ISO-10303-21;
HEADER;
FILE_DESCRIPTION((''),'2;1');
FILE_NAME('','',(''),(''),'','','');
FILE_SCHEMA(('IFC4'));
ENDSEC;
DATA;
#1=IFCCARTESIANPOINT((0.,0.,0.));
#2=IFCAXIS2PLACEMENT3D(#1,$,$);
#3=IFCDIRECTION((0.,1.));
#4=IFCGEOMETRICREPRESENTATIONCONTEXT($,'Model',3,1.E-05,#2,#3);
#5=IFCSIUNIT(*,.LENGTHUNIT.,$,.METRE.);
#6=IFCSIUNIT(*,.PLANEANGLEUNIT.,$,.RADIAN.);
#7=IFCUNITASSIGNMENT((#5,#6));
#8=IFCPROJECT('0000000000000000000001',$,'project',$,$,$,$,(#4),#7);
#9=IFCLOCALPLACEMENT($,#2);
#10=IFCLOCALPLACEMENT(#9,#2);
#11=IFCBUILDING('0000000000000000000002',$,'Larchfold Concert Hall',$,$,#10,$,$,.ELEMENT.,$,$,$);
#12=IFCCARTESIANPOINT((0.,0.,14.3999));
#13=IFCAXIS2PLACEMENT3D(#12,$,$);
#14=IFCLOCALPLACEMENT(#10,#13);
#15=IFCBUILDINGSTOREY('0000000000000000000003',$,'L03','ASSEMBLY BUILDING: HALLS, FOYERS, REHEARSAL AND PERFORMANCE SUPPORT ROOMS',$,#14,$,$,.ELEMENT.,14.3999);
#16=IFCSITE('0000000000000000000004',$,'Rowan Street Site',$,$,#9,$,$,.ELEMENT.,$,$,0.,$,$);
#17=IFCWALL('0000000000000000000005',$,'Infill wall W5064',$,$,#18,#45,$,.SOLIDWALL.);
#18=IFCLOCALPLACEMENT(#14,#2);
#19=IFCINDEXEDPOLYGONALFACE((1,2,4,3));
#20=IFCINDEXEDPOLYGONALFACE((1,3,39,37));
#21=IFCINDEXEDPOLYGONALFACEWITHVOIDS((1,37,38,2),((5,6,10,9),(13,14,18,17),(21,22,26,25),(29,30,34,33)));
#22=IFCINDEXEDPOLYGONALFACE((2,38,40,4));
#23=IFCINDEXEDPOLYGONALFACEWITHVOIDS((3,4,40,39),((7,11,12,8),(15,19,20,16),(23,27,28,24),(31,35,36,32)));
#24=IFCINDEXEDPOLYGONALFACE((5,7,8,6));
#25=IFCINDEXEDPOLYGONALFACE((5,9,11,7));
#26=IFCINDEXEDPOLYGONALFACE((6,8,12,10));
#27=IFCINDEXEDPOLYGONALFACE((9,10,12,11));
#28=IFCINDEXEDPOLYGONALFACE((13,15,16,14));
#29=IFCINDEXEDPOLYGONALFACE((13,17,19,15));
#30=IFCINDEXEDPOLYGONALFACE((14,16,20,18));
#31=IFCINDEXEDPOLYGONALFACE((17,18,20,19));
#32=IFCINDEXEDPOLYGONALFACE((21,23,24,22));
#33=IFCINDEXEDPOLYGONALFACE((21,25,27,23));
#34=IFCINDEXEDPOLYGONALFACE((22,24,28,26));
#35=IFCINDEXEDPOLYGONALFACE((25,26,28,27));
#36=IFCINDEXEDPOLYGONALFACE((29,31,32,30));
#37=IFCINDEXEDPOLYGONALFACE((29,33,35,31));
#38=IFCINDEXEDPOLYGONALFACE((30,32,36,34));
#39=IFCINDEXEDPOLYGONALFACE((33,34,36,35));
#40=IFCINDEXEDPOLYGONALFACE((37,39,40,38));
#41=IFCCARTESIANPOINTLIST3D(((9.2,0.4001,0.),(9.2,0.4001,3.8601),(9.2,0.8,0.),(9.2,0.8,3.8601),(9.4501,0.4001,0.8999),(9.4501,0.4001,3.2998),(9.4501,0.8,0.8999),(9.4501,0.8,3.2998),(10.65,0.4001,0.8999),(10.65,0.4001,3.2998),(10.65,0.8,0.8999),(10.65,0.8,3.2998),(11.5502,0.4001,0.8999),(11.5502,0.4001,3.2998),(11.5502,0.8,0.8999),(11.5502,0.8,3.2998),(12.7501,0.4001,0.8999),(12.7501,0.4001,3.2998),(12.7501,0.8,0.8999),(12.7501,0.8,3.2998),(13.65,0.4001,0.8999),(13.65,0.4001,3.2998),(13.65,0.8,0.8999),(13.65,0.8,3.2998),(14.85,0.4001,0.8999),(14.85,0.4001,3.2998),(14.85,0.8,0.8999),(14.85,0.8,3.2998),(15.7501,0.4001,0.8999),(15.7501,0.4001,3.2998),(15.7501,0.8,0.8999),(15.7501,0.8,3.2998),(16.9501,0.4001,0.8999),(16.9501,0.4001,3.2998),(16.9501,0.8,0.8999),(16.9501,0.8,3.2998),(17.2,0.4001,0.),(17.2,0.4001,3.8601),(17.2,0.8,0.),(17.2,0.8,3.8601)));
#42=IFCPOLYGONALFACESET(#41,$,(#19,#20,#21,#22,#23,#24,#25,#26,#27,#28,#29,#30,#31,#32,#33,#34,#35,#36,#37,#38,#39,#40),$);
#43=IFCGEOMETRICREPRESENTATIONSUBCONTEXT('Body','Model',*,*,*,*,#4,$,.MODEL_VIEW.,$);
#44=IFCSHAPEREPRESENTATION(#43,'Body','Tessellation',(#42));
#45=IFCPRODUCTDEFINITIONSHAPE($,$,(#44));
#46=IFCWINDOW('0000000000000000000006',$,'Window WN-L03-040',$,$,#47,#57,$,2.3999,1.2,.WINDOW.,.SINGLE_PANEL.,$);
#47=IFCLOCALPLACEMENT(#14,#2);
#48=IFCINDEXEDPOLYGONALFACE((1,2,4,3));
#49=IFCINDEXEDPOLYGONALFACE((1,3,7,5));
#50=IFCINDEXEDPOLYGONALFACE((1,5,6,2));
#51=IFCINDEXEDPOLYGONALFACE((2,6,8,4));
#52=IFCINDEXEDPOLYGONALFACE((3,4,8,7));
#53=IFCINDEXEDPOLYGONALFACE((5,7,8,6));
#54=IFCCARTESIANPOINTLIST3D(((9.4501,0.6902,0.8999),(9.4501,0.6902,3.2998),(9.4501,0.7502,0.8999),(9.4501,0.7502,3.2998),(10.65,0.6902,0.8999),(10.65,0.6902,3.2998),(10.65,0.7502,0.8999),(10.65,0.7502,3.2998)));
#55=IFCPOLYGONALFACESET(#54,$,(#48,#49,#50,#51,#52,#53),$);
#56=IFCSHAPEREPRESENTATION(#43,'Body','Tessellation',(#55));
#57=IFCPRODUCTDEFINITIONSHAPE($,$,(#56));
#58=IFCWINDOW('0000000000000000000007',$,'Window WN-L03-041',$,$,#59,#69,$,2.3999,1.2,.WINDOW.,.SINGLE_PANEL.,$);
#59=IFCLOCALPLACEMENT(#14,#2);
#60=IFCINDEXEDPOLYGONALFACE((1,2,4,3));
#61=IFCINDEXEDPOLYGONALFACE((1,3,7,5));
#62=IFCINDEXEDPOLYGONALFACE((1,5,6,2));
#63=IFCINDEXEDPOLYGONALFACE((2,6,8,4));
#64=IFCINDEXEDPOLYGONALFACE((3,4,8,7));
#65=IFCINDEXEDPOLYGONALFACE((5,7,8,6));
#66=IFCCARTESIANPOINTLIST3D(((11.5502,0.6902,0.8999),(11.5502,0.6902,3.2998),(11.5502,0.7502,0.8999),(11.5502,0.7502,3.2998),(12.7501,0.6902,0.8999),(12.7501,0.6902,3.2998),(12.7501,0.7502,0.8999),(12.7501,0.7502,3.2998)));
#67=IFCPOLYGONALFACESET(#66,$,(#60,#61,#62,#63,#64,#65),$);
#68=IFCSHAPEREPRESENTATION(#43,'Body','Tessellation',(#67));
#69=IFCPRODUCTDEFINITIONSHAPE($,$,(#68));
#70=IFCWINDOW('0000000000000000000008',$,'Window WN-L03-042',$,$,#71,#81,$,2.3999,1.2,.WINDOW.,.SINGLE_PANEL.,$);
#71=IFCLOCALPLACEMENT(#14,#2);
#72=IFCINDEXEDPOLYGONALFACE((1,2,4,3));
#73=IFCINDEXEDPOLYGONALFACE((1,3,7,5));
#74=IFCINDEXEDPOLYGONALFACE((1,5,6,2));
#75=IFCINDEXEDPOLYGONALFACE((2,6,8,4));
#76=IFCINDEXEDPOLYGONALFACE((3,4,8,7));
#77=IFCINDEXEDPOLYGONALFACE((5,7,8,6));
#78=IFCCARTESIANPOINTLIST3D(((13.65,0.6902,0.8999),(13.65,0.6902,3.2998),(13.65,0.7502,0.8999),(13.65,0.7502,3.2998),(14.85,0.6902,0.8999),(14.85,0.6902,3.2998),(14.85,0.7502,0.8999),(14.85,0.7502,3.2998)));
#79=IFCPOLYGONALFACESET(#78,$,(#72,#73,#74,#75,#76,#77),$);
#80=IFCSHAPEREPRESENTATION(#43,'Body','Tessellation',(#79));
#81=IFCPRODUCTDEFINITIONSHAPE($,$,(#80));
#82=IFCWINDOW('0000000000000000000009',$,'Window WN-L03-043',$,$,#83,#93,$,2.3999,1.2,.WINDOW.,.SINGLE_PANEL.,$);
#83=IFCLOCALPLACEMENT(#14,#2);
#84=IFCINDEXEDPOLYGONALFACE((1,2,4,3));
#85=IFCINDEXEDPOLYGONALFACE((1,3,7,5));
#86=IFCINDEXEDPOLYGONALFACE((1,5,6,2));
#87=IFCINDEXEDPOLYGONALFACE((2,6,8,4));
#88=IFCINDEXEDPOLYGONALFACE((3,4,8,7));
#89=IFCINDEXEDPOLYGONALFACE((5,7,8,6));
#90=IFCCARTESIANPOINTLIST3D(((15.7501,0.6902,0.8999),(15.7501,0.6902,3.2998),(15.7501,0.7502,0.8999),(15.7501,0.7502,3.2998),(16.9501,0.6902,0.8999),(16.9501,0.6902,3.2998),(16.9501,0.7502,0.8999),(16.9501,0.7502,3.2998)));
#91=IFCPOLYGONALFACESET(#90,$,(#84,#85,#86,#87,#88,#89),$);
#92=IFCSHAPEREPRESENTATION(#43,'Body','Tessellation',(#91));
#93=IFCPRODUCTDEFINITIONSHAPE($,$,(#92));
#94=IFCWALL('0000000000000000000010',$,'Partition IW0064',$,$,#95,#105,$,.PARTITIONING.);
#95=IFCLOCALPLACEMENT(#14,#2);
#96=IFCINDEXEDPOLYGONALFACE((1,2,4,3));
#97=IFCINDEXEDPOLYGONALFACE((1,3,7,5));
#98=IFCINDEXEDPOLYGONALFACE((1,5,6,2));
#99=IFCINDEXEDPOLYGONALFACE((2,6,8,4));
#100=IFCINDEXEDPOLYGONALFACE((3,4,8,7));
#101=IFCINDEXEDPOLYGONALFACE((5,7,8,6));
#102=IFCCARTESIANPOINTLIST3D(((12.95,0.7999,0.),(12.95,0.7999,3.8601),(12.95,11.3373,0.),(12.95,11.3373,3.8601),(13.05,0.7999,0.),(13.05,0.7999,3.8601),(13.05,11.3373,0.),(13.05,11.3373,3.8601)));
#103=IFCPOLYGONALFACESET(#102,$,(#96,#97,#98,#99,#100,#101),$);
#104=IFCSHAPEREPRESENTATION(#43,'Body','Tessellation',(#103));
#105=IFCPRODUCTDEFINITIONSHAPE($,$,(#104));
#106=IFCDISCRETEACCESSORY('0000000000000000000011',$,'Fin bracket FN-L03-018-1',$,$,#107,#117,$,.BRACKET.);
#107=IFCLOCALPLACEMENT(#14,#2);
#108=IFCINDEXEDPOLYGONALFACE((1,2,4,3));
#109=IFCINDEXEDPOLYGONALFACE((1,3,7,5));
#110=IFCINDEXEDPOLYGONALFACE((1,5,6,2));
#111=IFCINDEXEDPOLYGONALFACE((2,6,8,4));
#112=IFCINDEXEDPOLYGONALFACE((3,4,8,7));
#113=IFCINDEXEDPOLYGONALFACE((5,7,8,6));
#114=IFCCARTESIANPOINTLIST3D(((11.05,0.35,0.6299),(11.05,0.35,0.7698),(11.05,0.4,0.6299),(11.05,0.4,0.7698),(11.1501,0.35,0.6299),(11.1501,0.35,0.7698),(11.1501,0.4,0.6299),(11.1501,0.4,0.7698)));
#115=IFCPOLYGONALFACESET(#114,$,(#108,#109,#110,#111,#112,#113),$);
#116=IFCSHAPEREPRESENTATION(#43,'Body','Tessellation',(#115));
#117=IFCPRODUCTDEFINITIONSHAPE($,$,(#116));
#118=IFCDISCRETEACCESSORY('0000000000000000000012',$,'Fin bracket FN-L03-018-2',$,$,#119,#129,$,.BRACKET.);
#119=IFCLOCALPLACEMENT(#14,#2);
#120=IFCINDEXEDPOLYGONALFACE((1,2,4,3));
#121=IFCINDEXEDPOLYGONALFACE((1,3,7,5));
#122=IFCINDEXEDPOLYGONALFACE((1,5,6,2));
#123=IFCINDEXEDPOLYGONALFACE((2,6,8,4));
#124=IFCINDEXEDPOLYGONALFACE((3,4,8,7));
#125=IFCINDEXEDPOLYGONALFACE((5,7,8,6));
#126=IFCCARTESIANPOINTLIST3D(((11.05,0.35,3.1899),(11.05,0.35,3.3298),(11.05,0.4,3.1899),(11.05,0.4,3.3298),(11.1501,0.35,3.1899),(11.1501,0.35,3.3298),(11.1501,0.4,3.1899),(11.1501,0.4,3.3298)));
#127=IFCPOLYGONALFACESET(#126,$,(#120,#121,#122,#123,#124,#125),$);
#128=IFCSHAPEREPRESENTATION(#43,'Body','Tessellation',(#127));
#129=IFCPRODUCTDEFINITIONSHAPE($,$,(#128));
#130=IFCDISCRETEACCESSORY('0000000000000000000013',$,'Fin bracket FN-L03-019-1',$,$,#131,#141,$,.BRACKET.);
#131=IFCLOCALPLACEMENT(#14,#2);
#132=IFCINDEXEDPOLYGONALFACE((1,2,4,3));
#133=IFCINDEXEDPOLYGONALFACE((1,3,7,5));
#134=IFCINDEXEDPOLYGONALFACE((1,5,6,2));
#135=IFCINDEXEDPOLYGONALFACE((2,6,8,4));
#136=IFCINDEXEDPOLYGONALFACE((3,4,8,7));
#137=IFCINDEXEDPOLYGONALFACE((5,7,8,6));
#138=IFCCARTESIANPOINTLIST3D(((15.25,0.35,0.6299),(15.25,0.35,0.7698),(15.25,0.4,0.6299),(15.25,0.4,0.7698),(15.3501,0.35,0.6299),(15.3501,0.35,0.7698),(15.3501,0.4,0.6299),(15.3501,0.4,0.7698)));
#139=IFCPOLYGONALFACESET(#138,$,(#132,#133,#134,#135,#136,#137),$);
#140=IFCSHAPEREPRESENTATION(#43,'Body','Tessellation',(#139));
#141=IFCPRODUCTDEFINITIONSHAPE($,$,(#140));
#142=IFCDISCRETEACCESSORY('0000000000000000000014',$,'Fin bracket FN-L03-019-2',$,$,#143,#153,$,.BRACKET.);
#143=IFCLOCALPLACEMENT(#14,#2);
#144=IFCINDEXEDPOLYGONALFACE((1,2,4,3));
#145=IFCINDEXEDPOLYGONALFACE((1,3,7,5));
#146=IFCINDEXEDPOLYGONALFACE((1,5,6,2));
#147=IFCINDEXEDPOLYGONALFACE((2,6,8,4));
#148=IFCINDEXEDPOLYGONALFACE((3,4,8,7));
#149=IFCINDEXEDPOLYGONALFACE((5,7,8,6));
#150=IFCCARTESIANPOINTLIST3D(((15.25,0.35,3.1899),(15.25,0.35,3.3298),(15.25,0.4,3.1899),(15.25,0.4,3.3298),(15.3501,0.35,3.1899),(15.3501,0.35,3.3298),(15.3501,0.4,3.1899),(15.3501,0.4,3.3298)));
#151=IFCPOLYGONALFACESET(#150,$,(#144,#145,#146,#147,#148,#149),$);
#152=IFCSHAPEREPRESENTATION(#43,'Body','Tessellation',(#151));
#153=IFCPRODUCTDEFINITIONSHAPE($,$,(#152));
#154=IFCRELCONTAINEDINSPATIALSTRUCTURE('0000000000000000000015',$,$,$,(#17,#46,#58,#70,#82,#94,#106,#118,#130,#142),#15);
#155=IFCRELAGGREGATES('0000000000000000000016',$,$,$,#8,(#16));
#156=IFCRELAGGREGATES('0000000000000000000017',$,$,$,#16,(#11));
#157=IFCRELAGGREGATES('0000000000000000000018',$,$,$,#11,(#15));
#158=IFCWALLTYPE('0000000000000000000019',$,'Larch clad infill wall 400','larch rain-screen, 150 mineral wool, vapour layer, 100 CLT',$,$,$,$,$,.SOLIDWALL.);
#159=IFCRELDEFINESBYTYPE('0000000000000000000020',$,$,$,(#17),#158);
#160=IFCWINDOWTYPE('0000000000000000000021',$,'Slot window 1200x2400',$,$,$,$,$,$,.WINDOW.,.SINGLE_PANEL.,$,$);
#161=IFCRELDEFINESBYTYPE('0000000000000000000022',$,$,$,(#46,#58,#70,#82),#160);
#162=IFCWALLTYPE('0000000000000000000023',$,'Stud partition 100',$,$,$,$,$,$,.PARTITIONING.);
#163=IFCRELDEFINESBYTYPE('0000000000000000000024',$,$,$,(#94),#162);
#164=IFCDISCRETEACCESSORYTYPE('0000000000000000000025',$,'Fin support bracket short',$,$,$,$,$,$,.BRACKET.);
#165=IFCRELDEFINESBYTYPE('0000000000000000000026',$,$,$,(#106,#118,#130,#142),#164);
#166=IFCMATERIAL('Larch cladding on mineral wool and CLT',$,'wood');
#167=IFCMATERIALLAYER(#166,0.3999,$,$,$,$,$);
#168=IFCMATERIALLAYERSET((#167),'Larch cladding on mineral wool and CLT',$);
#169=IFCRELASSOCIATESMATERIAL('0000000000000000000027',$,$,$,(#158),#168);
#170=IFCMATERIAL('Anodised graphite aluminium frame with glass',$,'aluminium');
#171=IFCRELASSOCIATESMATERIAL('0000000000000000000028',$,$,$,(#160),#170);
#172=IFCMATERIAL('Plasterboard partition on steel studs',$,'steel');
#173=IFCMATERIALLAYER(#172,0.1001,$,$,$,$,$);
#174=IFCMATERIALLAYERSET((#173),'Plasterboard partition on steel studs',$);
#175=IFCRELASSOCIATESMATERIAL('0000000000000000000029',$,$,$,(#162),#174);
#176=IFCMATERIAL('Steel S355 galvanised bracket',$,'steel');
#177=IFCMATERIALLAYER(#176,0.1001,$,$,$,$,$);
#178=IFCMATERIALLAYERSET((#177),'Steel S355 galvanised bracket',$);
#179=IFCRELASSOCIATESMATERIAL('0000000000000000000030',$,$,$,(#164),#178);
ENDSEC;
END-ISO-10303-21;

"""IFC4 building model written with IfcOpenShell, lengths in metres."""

from ifc_helpers import new_model, si_unit, direction, frame, frame_2d, origin, origin_2d, place, context, subcontext, project, spatial, rectangle, extrude, material, layer, layer_set, type_object, element, fill, save


model = new_model("IFC4")

# Units and contexts
model_context = context("Model", 3, precision=1e-05, world=origin(), true_north=direction((0.0, 1.0)))
body_context = subcontext(model_context, "Body", "Model", "MODEL_VIEW")
ifc_project = project(units=[si_unit("LENGTHUNIT", "METRE"), si_unit("PLANEANGLEUNIT", "RADIAN")], contexts=[model_context])

# Site, building, storey
site_placement = place(None, origin())
site = spatial("IfcSite", under=ifc_project, at=site_placement, Name="Rowan Street Site", CompositionType="ELEMENT", RefElevation=0.0)
building_placement = place(site_placement, origin())
building = spatial("IfcBuilding", under=site, at=building_placement, Name="Larchfold Concert Hall", CompositionType="ELEMENT")
storey_placement = place(building_placement, frame((0.0, 0.0, 14.3999)))
storey = spatial("IfcBuildingStorey", under=building, at=storey_placement, Name="L03", Description="ASSEMBLY BUILDING: HALLS, FOYERS, REHEARSAL AND PERFORMANCE SUPPORT ROOMS", CompositionType="ELEMENT", Elevation=14.3999)

# Wall, openings, windows
ifc_material_1 = material(Name="Larch cladding on mineral wool and CLT", Category="wood")
ifc_layer_1 = layer(ifc_material_1, 0.3999)
ifc_layer_set_1 = layer_set([ifc_layer_1], Name="Larch cladding on mineral wool and CLT")
wall_type_1 = type_object("IfcWallType", Name="Larch clad infill wall 400", Description="larch rain-screen, 150 mineral wool, vapour layer, 100 CLT", PredefinedType="SOLIDWALL", material=ifc_layer_set_1)
wall_1_placement = place(storey_placement, frame((9.2, 0.6001, 0.0), z_axis=(0.0, 0.0, 1.0), x_axis=(1.0, 0.0, 0.0)))
wall_1 = element("IfcWall", 1, at=wall_1_placement, inside=storey, type_object=wall_type_1, Name="Infill wall W5064", PredefinedType="SOLIDWALL", context=body_context, shape_type="SweptSolid", body=[
    extrude(rectangle(XDim=8.0, YDim=0.3999, at=frame_2d((4.0, 0.0))), origin(), (0.0, 0.0, 1.0), 3.8601),
])
opening_1_placement = place(wall_1_placement, frame((0.25, 0.0, 0.8999)))
opening_1 = element("IfcOpeningElement", 2, at=opening_1_placement, cuts=wall_1, PredefinedType="OPENING", context=body_context, shape_type="SweptSolid", body=[
    extrude(rectangle(XDim=1.2, YDim=2.3999, at=frame_2d((0.6001, 1.2))), frame((0.0, 0.21, 0.0), z_axis=(0.0, -1.0, 0.0), x_axis=(1.0, 0.0, 0.0)), (0.0, 0.0, 1.0), 0.4199),
])
opening_2_placement = place(wall_1_placement, frame((2.3501, 0.0, 0.8999)))
opening_2 = element("IfcOpeningElement", 3, at=opening_2_placement, cuts=wall_1, PredefinedType="OPENING", context=body_context, shape_type="SweptSolid", body=[
    extrude(rectangle(XDim=1.2, YDim=2.3999, at=frame_2d((0.6001, 1.2))), frame((0.0, 0.21, 0.0), z_axis=(0.0, -1.0, 0.0), x_axis=(1.0, 0.0, 0.0)), (0.0, 0.0, 1.0), 0.4199),
])
opening_3_placement = place(wall_1_placement, frame((4.45, 0.0, 0.8999)))
opening_3 = element("IfcOpeningElement", 4, at=opening_3_placement, cuts=wall_1, PredefinedType="OPENING", context=body_context, shape_type="SweptSolid", body=[
    extrude(rectangle(XDim=1.2, YDim=2.3999, at=frame_2d((0.6001, 1.2))), frame((0.0, 0.21, 0.0), z_axis=(0.0, -1.0, 0.0), x_axis=(1.0, 0.0, 0.0)), (0.0, 0.0, 1.0), 0.4199),
])
opening_4_placement = place(wall_1_placement, frame((6.55, 0.0, 0.8999)))
opening_4 = element("IfcOpeningElement", 5, at=opening_4_placement, cuts=wall_1, PredefinedType="OPENING", context=body_context, shape_type="SweptSolid", body=[
    extrude(rectangle(XDim=1.2, YDim=2.3999, at=frame_2d((0.6001, 1.2))), frame((0.0, 0.21, 0.0), z_axis=(0.0, -1.0, 0.0), x_axis=(1.0, 0.0, 0.0)), (0.0, 0.0, 1.0), 0.4199),
])
ifc_material_2 = material(Name="Anodised graphite aluminium frame with glass", Category="aluminium")
window_type = type_object("IfcWindowType", Name="Slot window 1200x2400", PartitioningType="SINGLE_PANEL", PredefinedType="WINDOW", material=ifc_material_2)
window_1_placement = place(opening_1_placement, origin())
window_1 = element("IfcWindow", 6, at=window_1_placement, inside=storey, type_object=window_type, Name="Window WN-L03-040", OverallHeight=2.3999, OverallWidth=1.2, PartitioningType="SINGLE_PANEL", PredefinedType="WINDOW", context=body_context, shape_type="SweptSolid", body=[
    extrude(rectangle(XDim=1.2, YDim=2.3999, at=frame_2d((0.6001, 1.2))), frame((0.0, 0.1501, 0.0), z_axis=(0.0, -1.0, 0.0), x_axis=(1.0, 0.0, 0.0)), (0.0, 0.0, 1.0), 0.0601),
])
fill(opening_1, window_1)
window_2_placement = place(opening_2_placement, origin())
window_2 = element("IfcWindow", 7, at=window_2_placement, inside=storey, type_object=window_type, Name="Window WN-L03-041", OverallHeight=2.3999, OverallWidth=1.2, PartitioningType="SINGLE_PANEL", PredefinedType="WINDOW", context=body_context, shape_type="SweptSolid", body=[
    extrude(rectangle(XDim=1.2, YDim=2.3999, at=frame_2d((0.6001, 1.2))), frame((0.0, 0.1501, 0.0), z_axis=(0.0, -1.0, 0.0), x_axis=(1.0, 0.0, 0.0)), (0.0, 0.0, 1.0), 0.0601),
])
fill(opening_2, window_2)
window_3_placement = place(opening_3_placement, origin())
window_3 = element("IfcWindow", 8, at=window_3_placement, inside=storey, type_object=window_type, Name="Window WN-L03-042", OverallHeight=2.3999, OverallWidth=1.2, PartitioningType="SINGLE_PANEL", PredefinedType="WINDOW", context=body_context, shape_type="SweptSolid", body=[
    extrude(rectangle(XDim=1.2, YDim=2.3999, at=frame_2d((0.6001, 1.2))), frame((0.0, 0.1501, 0.0), z_axis=(0.0, -1.0, 0.0), x_axis=(1.0, 0.0, 0.0)), (0.0, 0.0, 1.0), 0.0601),
])
fill(opening_3, window_3)
window_4_placement = place(opening_4_placement, origin())
window_4 = element("IfcWindow", 9, at=window_4_placement, inside=storey, type_object=window_type, Name="Window WN-L03-043", OverallHeight=2.3999, OverallWidth=1.2, PartitioningType="SINGLE_PANEL", PredefinedType="WINDOW", context=body_context, shape_type="SweptSolid", body=[
    extrude(rectangle(XDim=1.2, YDim=2.3999, at=frame_2d((0.6001, 1.2))), frame((0.0, 0.1501, 0.0), z_axis=(0.0, -1.0, 0.0), x_axis=(1.0, 0.0, 0.0)), (0.0, 0.0, 1.0), 0.0601),
])
fill(opening_4, window_4)

# Wall
ifc_material_3 = material(Name="Plasterboard partition on steel studs", Category="steel")
ifc_layer_2 = layer(ifc_material_3, 0.1001)
ifc_layer_set_2 = layer_set([ifc_layer_2], Name="Plasterboard partition on steel studs")
wall_type_2 = type_object("IfcWallType", Name="Stud partition 100", PredefinedType="PARTITIONING", material=ifc_layer_set_2)
wall_2_placement = place(storey_placement, frame((13.0, 0.8, 0.0), z_axis=(0.0, 0.0, 1.0), x_axis=(0.0, 1.0, 0.0)))
element("IfcWall", 10, at=wall_2_placement, inside=storey, type_object=wall_type_2, Name="Partition IW0064", PredefinedType="PARTITIONING", context=body_context, shape_type="SweptSolid", body=[
    extrude(rectangle(XDim=10.5374, YDim=0.1001, at=frame_2d((5.2686, 0.0))), origin(), (0.0, 0.0, 1.0), 3.8601),
])

# Discrete accessories
ifc_material_4 = material(Name="Steel S355 galvanised bracket", Category="steel")
ifc_layer_3 = layer(ifc_material_4, 0.1001)
ifc_layer_set_3 = layer_set([ifc_layer_3], Name="Steel S355 galvanised bracket")
discrete_accessory_type = type_object("IfcDiscreteAccessoryType", Name="Fin support bracket short", PredefinedType="BRACKET", material=ifc_layer_set_3)
for number, where, z_axis, x_axis, name in (
    (11, (11.1001, 0.375, 0.6299), (0.0, 0.0, 1.0), (0.0, -1.0, 0.0), "Fin bracket FN-L03-018-1"),
    (12, (11.1001, 0.375, 3.1899), (0.0, 0.0, 1.0), (0.0, -1.0, 0.0), "Fin bracket FN-L03-018-2"),
    (13, (15.3, 0.375, 0.6299), (0.0, 0.0, 1.0), (0.0, -1.0, 0.0), "Fin bracket FN-L03-019-1"),
    (14, (15.3, 0.375, 3.1899), (0.0, 0.0, 1.0), (0.0, -1.0, 0.0), "Fin bracket FN-L03-019-2"),
):
    element("IfcDiscreteAccessory", number, at=place(storey_placement, frame(where, z_axis=z_axis, x_axis=x_axis)), inside=storey, type_object=discrete_accessory_type, Name=name, PredefinedType="BRACKET", context=body_context, shape_type="SweptSolid", body=[
        extrude(rectangle(XDim=0.05, YDim=0.1001, at=origin_2d()), origin(), (0.0, 0.0, 1.0), 0.1399),
    ])

save(model, "model.ifc")
